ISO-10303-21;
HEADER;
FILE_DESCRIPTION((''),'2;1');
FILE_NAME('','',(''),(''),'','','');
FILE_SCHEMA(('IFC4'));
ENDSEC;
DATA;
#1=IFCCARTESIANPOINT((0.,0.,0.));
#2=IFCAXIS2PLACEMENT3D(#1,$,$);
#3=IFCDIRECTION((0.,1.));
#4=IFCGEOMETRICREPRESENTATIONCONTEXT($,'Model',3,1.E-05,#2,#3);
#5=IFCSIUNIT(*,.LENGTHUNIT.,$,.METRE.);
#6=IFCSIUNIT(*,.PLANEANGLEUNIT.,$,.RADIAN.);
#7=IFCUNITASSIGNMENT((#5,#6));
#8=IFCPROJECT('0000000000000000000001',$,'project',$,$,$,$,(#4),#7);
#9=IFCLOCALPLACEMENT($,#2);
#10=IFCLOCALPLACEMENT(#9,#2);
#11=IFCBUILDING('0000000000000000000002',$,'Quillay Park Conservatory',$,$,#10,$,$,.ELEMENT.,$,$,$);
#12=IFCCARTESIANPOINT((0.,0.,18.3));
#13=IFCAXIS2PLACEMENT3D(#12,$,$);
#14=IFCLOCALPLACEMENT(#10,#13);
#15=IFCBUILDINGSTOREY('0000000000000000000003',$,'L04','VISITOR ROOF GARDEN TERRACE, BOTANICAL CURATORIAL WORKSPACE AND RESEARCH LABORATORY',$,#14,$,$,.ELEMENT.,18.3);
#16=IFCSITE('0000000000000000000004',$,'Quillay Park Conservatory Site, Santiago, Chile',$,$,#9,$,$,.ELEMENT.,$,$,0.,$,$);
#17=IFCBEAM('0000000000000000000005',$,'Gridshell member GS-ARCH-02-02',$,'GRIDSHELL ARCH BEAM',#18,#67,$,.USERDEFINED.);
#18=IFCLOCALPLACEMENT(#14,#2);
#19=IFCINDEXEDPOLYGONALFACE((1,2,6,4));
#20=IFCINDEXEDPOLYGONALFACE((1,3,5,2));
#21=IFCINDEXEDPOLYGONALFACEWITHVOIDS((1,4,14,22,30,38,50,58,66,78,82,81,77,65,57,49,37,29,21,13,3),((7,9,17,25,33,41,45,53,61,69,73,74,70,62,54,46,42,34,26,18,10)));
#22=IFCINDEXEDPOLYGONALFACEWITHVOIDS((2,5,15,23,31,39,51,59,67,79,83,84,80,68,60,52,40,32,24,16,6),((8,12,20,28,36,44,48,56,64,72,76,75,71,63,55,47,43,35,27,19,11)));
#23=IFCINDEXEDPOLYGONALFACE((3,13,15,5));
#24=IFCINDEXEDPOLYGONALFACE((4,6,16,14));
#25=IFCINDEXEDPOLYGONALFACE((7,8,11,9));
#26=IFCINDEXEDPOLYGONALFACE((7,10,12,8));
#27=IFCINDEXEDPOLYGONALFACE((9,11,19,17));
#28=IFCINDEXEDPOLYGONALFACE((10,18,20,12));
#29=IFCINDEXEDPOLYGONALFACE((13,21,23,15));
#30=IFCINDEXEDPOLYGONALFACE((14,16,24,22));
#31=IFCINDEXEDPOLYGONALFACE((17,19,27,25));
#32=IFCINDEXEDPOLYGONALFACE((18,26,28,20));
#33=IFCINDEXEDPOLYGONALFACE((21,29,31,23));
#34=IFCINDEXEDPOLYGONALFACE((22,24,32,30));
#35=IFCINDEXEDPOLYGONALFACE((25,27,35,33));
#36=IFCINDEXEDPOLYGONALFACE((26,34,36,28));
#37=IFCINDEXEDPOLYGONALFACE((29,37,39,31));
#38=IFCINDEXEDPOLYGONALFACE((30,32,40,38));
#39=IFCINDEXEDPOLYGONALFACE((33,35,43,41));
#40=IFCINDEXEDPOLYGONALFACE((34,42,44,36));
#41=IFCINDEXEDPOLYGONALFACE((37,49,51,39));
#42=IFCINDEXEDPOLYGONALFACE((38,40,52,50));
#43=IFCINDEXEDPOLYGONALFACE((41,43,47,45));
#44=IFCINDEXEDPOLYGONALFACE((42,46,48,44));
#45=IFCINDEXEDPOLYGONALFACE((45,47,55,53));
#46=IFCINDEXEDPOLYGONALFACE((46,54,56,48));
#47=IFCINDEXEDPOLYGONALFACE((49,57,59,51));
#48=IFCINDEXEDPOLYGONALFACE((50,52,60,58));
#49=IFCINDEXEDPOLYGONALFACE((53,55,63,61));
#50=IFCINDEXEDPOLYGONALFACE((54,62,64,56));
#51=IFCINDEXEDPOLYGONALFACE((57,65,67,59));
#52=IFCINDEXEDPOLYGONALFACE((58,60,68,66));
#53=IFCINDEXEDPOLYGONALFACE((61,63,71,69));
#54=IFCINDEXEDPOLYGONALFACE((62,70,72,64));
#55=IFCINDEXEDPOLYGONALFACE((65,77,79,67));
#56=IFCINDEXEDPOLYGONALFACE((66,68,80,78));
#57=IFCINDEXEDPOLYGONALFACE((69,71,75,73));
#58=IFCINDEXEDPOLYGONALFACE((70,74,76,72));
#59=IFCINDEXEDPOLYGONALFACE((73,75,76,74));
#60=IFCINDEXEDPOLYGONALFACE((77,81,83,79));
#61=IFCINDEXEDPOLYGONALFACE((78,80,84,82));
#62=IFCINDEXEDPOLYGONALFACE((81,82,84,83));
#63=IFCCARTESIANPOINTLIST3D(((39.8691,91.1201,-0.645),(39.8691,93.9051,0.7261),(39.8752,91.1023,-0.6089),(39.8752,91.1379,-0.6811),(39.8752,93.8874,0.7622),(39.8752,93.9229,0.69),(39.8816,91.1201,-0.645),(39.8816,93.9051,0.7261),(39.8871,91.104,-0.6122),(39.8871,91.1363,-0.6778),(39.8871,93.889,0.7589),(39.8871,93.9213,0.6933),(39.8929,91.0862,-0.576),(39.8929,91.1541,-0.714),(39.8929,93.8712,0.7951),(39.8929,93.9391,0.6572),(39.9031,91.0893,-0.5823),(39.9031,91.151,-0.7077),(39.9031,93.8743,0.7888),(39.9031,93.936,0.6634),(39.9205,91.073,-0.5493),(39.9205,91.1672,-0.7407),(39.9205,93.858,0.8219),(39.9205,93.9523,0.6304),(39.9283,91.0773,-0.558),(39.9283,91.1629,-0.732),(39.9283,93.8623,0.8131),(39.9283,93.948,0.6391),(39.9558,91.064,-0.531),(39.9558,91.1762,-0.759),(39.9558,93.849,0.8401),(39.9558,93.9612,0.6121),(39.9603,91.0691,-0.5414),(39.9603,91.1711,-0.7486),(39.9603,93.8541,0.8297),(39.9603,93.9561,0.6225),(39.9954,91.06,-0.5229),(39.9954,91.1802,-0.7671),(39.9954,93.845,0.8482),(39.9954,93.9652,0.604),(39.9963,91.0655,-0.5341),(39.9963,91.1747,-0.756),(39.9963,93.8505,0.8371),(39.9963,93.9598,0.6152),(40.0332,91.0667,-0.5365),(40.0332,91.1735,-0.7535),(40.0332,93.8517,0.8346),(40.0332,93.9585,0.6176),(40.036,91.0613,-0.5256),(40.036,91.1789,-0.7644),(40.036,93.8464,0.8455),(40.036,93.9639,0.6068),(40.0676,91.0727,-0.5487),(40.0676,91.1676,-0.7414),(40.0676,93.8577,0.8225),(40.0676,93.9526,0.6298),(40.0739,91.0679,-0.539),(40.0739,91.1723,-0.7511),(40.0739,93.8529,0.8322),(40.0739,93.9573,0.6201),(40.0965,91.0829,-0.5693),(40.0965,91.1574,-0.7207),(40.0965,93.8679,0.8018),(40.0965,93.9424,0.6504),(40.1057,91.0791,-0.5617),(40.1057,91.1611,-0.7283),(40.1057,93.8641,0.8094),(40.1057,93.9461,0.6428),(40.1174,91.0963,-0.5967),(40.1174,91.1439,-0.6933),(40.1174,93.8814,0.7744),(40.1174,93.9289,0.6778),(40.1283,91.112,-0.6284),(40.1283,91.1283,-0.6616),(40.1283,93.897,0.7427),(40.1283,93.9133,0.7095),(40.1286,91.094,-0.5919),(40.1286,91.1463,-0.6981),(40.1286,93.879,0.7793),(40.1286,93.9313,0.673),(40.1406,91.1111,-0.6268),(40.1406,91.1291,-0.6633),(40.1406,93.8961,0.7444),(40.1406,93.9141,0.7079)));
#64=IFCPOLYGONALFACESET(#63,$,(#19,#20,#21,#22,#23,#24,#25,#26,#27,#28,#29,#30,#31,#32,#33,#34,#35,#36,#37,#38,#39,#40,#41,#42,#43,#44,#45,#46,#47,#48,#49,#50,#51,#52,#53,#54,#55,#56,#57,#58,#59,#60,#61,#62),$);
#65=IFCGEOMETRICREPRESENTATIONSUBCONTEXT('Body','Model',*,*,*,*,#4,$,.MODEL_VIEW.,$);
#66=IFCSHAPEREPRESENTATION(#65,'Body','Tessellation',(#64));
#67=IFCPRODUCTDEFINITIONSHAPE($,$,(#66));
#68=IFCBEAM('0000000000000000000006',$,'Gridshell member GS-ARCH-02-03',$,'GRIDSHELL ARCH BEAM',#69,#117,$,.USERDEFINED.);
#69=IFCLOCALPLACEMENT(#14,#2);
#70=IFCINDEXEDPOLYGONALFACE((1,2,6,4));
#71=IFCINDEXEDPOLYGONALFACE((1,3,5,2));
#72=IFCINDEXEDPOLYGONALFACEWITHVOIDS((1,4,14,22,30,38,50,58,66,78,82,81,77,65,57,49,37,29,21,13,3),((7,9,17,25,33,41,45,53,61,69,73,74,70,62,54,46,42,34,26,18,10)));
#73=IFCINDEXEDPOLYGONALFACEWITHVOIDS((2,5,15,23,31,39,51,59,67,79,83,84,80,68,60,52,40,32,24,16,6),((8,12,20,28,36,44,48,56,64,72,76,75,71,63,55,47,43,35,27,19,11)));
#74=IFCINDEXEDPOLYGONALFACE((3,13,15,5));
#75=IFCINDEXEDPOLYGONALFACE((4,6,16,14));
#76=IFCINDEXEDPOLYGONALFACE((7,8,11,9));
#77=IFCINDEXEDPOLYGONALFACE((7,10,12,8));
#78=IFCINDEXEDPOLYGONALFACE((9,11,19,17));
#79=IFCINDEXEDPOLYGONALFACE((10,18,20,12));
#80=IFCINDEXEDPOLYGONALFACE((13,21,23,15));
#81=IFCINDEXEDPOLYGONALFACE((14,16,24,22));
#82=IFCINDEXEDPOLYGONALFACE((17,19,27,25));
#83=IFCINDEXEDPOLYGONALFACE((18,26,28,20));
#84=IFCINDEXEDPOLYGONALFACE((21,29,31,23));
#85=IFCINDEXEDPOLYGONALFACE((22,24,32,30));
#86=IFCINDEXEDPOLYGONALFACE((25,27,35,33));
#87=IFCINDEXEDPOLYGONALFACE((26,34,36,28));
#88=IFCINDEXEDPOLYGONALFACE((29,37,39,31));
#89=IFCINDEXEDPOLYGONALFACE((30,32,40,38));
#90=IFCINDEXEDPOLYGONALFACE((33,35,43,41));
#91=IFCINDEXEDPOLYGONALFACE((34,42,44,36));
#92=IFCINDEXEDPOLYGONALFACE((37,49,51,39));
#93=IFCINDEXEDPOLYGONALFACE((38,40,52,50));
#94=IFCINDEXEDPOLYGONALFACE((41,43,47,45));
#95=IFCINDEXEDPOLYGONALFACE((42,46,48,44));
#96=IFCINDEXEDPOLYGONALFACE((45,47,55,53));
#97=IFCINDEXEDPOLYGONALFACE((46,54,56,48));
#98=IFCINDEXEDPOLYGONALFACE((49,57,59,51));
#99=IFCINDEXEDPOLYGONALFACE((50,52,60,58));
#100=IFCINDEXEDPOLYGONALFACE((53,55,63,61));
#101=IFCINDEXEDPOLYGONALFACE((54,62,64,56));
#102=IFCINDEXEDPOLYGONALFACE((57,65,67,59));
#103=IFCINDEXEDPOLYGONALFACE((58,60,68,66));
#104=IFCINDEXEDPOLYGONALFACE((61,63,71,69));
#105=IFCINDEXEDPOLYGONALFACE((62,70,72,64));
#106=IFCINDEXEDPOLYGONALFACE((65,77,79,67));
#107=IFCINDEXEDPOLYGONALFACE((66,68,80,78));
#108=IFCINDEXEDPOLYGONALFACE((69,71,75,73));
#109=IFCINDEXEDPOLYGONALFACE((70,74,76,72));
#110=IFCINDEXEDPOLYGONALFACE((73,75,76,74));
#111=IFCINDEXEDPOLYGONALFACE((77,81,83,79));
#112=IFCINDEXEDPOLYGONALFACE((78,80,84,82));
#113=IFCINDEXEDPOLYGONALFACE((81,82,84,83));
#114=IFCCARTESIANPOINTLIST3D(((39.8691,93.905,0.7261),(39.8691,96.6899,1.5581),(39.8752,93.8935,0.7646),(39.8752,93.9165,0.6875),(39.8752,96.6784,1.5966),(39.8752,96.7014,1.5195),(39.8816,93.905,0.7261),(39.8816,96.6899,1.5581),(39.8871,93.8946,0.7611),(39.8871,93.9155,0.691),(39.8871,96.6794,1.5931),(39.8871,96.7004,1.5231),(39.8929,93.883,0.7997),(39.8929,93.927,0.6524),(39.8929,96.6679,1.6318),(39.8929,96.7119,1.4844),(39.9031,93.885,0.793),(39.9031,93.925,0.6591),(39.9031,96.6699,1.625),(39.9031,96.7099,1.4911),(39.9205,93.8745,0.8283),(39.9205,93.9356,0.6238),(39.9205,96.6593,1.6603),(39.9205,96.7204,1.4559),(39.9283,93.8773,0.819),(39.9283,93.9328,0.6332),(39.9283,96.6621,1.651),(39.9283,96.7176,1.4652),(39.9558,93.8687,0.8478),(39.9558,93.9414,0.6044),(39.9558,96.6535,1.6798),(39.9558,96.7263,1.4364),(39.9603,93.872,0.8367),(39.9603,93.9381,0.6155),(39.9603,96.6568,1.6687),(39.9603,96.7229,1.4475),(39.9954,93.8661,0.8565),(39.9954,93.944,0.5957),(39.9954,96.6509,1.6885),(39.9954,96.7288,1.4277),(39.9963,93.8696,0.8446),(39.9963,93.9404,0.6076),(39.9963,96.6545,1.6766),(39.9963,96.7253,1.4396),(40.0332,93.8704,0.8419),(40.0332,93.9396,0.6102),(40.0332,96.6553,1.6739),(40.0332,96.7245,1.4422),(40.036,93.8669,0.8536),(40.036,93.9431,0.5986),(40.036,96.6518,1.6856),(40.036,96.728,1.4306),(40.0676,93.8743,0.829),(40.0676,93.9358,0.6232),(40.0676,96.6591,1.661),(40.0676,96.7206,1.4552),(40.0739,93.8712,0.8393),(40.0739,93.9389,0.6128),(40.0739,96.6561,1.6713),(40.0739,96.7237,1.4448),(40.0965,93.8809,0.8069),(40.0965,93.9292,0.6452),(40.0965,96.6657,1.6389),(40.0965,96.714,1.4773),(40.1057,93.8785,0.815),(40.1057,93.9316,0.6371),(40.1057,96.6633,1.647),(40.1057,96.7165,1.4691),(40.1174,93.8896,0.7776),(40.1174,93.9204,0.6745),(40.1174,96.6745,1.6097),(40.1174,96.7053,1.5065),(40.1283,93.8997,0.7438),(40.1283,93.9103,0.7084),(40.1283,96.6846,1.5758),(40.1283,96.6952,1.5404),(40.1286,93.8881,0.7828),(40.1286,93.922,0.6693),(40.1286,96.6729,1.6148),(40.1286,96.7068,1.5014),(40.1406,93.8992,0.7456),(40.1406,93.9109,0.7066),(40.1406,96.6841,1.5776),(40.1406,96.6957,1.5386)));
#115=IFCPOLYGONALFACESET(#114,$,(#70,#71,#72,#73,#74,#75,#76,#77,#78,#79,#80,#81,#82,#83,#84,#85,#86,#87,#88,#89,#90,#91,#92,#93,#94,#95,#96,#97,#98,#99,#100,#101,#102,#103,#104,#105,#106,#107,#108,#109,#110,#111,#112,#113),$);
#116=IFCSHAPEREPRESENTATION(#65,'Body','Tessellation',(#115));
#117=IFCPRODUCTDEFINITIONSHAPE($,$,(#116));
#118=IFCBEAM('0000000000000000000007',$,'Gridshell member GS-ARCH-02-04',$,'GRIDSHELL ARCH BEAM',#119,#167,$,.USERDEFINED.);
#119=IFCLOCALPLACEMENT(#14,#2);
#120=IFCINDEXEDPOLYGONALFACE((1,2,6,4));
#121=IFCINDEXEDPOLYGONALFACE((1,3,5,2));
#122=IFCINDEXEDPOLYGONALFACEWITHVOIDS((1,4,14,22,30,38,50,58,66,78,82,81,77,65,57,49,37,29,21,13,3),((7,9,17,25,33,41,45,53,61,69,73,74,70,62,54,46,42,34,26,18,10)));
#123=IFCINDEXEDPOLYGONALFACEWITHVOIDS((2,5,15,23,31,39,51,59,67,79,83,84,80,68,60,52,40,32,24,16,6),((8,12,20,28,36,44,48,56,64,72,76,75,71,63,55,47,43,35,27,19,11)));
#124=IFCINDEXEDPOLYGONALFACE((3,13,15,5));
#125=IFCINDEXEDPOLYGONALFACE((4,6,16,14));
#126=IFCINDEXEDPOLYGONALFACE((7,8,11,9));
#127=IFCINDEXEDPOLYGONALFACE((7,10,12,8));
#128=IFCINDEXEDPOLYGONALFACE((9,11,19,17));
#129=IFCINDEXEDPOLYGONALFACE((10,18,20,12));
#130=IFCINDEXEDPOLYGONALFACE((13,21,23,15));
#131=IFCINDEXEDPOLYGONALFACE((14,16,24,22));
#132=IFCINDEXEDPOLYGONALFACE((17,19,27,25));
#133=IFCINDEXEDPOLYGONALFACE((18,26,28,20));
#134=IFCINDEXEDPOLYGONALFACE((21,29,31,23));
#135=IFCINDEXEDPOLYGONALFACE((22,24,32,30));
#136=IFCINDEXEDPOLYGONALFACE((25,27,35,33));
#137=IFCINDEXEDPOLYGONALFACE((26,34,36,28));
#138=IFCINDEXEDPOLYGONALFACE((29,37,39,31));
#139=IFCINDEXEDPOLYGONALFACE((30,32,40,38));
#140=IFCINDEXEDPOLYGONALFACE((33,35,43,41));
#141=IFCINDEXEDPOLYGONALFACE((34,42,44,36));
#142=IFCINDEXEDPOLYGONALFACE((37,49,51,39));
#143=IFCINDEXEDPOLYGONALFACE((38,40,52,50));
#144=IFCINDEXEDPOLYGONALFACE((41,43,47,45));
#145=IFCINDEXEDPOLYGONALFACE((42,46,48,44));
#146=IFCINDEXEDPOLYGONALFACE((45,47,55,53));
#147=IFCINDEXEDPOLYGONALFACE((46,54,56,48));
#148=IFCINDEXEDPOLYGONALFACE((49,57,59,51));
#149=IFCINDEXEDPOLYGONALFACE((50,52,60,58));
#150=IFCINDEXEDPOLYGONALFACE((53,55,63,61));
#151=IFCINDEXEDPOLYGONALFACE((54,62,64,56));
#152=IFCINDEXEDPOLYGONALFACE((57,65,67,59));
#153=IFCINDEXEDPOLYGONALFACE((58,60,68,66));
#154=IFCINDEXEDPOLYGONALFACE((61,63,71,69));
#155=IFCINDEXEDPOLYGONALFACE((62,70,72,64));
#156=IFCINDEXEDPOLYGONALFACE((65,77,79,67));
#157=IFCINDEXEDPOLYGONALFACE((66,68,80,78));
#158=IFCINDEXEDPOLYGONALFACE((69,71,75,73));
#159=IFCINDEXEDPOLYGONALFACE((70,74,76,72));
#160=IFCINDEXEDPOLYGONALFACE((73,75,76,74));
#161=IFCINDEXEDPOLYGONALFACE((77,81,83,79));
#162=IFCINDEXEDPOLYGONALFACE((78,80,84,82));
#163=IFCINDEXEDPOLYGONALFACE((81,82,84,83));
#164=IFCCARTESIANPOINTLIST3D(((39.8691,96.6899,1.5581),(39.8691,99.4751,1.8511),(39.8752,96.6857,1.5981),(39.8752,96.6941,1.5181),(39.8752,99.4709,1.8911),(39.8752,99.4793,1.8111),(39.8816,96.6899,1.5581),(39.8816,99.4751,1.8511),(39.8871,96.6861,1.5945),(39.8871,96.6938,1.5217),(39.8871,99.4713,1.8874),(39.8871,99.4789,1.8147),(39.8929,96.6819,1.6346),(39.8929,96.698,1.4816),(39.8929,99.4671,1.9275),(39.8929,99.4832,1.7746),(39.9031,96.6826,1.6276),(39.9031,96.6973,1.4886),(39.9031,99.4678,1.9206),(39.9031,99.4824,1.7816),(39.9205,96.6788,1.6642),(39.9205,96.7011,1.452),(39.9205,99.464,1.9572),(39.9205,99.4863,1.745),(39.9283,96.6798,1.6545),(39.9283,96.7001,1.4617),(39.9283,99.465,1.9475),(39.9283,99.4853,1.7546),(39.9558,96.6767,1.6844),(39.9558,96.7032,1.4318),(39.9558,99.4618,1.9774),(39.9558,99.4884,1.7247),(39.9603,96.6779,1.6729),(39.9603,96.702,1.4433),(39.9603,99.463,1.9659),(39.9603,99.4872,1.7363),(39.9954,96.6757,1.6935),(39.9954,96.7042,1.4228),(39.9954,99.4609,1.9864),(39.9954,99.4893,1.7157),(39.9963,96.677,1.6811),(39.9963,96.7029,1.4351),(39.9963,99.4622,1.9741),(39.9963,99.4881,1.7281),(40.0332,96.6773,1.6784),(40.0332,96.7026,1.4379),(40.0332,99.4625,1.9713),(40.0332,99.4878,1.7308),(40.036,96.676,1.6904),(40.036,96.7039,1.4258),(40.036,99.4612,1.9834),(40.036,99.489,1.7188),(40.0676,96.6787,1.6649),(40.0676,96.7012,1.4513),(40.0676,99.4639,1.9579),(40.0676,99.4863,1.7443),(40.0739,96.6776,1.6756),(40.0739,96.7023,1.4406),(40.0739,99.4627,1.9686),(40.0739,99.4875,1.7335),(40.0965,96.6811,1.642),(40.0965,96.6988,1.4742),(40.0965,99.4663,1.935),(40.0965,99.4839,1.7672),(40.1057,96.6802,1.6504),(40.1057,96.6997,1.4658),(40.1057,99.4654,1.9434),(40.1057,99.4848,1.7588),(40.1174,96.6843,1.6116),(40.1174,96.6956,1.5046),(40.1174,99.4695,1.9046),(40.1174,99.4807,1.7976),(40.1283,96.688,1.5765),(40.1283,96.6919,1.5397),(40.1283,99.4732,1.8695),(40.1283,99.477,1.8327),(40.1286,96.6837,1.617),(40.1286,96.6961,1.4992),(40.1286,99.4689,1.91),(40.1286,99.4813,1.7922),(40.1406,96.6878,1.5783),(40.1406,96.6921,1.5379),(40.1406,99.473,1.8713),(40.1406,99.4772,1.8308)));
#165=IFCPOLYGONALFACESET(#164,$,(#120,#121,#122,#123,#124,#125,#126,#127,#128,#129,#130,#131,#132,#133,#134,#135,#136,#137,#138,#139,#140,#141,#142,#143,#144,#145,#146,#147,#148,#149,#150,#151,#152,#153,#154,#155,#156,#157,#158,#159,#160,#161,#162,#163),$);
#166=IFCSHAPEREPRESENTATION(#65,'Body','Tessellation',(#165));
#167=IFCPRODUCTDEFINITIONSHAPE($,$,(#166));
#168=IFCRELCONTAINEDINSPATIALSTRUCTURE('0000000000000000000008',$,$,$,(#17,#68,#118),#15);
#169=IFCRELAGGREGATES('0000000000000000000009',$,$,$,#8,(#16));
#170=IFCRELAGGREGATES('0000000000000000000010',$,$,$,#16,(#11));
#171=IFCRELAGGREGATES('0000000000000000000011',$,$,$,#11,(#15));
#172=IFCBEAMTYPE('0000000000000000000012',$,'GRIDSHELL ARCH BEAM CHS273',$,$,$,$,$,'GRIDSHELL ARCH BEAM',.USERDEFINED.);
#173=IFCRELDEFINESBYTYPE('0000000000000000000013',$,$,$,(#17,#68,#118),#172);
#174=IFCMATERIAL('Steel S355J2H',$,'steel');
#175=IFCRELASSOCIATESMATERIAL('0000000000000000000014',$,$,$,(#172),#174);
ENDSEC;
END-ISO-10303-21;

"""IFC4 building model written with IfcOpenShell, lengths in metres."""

from ifc_helpers import new_model, si_unit, direction, frame, origin, origin_2d, place, context, subcontext, project, spatial, hollow_circle, extrude, material, material_profile, profile_set, type_object, element, save


model = new_model("IFC4")

# Units and contexts
model_context = context("Model", 3, precision=1e-05, world=origin(), true_north=direction((0.0, 1.0)))
body_context = subcontext(model_context, "Body", "Model", "MODEL_VIEW")
ifc_project = project(units=[si_unit("LENGTHUNIT", "METRE"), si_unit("PLANEANGLEUNIT", "RADIAN")], contexts=[model_context])

# Site, building, storey
site_placement = place(None, origin())
site = spatial("IfcSite", under=ifc_project, at=site_placement, Name="Quillay Park Conservatory Site, Santiago, Chile", CompositionType="ELEMENT", RefElevation=0.0)
building_placement = place(site_placement, origin())
building = spatial("IfcBuilding", under=site, at=building_placement, Name="Quillay Park Conservatory", CompositionType="ELEMENT")
storey_placement = place(building_placement, frame((0.0, 0.0, 18.3)))
storey = spatial("IfcBuildingStorey", under=building, at=storey_placement, Name="L04", Description="VISITOR ROOF GARDEN TERRACE, BOTANICAL CURATORIAL WORKSPACE AND RESEARCH LABORATORY", CompositionType="ELEMENT", Elevation=18.3)

# Beams
ifc_material_1 = material(Name="Steel S355J2H", Category="steel")
ifc_material_profile_1 = material_profile(ifc_material_1, hollow_circle(Radius=0.1365, WallThickness=0.0125, at=origin_2d()), Name="CHS273x12.5")
ifc_profile_set_1 = profile_set([ifc_material_profile_1], Name="Steel S355J2H")
beam_type = type_object("IfcBeamType", Name="GRIDSHELL ARCH BEAM CHS273", ElementType="GRIDSHELL ARCH BEAM", PredefinedType="USERDEFINED", material=ifc_profile_set_1)
beam_1_placement = place(storey_placement, frame((40.0056, 91.1201, -0.645), z_axis=(0.0, 0.897163, 0.4417), x_axis=(-1.0, 0.0, 0.0)))
element("IfcBeam", 1, at=beam_1_placement, inside=storey, type_object=beam_type, Name="Gridshell member GS-ARCH-02-02", ObjectType="GRIDSHELL ARCH BEAM", PredefinedType="USERDEFINED", context=body_context, shape_type="SweptSolid", body=[
    extrude(hollow_circle(Radius=0.1365, WallThickness=0.0125, at=origin_2d()), origin(), (0.0, 0.0, 1.0), 3.1042),
])
beam_2_placement = place(storey_placement, frame((40.0056, 93.905, 0.7261), z_axis=(0.0, 0.958152, 0.286261), x_axis=(-1.0, 0.0, 0.0)))
element("IfcBeam", 2, at=beam_2_placement, inside=storey, type_object=beam_type, Name="Gridshell member GS-ARCH-02-03", ObjectType="GRIDSHELL ARCH BEAM", PredefinedType="USERDEFINED", context=body_context, shape_type="SweptSolid", body=[
    extrude(hollow_circle(Radius=0.1365, WallThickness=0.0125, at=origin_2d()), origin(), (0.0, 0.0, 1.0), 2.9065),
])
beam_3_placement = place(storey_placement, frame((40.0056, 96.6899, 1.5581), z_axis=(0.0, 0.994513, 0.104612), x_axis=(-1.0, 0.0, 0.0)))
element("IfcBeam", 3, at=beam_3_placement, inside=storey, type_object=beam_type, Name="Gridshell member GS-ARCH-02-04", ObjectType="GRIDSHELL ARCH BEAM", PredefinedType="USERDEFINED", context=body_context, shape_type="SweptSolid", body=[
    extrude(hollow_circle(Radius=0.1365, WallThickness=0.0125, at=origin_2d()), origin(), (0.0, 0.0, 1.0), 2.8005),
])

save(model, "model.ifc")
